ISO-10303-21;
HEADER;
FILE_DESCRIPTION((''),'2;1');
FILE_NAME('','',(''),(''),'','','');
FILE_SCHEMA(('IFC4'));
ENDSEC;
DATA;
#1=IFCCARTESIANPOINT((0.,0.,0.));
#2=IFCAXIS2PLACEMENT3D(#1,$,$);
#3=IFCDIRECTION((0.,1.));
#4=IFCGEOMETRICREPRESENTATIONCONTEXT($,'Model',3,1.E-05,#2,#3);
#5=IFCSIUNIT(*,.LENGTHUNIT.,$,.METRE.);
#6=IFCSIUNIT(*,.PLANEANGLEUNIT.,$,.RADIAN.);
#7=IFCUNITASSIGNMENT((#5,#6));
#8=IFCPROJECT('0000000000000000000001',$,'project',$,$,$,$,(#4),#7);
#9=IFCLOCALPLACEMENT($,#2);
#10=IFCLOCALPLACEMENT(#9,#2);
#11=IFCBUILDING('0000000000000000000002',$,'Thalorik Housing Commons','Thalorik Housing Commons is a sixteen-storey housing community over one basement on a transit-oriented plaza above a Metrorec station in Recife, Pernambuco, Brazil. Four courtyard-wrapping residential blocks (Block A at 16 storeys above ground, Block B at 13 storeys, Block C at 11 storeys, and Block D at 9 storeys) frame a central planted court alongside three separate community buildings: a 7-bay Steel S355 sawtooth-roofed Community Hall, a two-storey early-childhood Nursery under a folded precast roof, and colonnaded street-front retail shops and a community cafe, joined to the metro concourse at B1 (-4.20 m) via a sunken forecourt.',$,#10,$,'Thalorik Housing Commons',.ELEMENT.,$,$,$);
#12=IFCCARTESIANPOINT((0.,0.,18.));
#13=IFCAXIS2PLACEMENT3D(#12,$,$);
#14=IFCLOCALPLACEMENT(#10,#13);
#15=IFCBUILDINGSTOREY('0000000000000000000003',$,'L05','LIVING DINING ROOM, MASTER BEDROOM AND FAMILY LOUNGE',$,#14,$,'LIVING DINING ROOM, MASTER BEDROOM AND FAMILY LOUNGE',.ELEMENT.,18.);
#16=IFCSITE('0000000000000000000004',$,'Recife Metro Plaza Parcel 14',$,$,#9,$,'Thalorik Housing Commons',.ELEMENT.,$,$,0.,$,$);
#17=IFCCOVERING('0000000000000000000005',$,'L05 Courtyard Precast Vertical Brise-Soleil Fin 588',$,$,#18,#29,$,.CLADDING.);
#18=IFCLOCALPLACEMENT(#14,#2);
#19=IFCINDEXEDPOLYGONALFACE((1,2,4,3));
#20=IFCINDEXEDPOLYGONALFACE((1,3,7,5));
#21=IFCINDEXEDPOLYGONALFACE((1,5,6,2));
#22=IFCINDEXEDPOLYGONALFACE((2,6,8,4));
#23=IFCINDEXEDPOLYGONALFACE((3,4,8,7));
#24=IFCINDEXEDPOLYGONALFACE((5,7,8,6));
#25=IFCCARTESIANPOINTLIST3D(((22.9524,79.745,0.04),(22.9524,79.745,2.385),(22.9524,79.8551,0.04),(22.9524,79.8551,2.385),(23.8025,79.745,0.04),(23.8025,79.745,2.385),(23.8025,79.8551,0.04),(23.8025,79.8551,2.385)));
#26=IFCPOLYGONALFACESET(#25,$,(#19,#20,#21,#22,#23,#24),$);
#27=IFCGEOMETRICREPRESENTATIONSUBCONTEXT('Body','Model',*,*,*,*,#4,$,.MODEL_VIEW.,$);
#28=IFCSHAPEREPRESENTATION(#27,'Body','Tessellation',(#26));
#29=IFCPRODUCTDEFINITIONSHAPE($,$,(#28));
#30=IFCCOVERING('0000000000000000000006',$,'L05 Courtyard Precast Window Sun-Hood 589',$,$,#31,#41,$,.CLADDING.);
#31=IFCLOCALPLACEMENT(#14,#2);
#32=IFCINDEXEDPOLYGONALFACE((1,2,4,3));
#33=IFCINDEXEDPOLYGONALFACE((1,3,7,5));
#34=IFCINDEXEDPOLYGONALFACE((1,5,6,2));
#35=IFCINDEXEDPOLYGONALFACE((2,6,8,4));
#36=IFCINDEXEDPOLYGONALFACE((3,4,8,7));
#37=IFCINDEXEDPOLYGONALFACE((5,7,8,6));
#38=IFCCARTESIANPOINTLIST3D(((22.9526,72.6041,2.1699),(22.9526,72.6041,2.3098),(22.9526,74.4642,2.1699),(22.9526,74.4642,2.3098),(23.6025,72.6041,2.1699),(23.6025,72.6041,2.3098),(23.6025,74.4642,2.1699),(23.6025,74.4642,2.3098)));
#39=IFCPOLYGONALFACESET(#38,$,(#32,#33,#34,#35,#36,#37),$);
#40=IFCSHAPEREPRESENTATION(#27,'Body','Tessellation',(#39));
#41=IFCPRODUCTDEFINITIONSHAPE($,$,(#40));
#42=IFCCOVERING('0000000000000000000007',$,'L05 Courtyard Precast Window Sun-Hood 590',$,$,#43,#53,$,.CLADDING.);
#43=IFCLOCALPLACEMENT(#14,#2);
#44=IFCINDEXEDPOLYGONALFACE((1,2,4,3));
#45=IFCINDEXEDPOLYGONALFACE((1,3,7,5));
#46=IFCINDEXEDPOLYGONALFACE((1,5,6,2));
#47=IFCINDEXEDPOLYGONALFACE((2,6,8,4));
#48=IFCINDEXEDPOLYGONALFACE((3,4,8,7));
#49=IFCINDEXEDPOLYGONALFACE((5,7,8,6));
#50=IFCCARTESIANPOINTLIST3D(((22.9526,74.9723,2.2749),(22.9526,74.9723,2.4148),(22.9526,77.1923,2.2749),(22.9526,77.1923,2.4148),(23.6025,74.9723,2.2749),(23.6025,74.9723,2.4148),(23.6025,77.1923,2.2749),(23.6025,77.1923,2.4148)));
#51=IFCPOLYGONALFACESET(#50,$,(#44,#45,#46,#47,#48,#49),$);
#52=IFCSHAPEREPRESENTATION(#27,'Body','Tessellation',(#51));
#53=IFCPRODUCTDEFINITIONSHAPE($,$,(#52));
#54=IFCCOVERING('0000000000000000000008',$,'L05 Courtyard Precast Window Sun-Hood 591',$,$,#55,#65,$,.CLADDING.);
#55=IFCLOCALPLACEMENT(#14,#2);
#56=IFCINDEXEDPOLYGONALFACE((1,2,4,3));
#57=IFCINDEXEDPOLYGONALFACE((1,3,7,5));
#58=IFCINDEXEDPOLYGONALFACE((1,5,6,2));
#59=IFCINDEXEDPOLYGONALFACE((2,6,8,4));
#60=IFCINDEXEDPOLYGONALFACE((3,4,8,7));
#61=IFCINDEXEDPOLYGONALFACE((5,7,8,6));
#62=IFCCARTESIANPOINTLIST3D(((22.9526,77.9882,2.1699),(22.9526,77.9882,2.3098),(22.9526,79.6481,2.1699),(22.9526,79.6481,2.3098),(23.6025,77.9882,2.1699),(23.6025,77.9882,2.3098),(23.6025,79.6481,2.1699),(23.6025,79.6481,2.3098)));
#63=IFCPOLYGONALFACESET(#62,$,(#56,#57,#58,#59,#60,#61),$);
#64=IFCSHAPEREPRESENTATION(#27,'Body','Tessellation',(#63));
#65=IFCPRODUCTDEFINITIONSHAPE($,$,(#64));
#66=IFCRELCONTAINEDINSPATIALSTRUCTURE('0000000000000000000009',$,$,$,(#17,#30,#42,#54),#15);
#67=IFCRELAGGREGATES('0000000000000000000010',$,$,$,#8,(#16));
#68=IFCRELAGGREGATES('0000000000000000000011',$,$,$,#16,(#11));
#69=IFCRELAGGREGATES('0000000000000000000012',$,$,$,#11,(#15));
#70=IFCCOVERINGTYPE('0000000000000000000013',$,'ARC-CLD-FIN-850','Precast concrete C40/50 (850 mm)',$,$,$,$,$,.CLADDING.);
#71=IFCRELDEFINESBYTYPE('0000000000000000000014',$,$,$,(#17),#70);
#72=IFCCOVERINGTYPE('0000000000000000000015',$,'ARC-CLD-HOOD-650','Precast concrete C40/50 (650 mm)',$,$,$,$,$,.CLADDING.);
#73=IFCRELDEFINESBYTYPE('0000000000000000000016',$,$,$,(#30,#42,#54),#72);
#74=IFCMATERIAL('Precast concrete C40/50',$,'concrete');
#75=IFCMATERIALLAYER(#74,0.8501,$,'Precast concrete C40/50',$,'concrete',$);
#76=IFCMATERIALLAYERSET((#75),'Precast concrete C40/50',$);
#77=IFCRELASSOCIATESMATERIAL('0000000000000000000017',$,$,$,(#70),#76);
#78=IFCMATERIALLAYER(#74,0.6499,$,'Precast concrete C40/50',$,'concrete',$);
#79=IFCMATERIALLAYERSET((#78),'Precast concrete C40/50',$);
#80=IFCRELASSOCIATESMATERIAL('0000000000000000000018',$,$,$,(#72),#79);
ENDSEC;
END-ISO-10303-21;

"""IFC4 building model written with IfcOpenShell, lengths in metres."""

from ifc_helpers import new_model, si_unit, direction, frame, origin, origin_2d, place, context, subcontext, project, spatial, rectangle, extrude, material, layer, layer_set, type_object, element, save


model = new_model("IFC4")

# Units and contexts
model_context = context("Model", 3, precision=1e-05, world=origin(), true_north=direction((0.0, 1.0)))
body_context = subcontext(model_context, "Body", "Model", "MODEL_VIEW")
ifc_project = project(units=[si_unit("LENGTHUNIT", "METRE"), si_unit("PLANEANGLEUNIT", "RADIAN")], contexts=[model_context])

# Site, building, storey
site_placement = place(None, origin())
site = spatial("IfcSite", under=ifc_project, at=site_placement, Name="Recife Metro Plaza Parcel 14", LongName="Thalorik Housing Commons", CompositionType="ELEMENT", RefElevation=0.0)
building_placement = place(site_placement, origin())
building = spatial("IfcBuilding", under=site, at=building_placement, Name="Thalorik Housing Commons", Description="Thalorik Housing Commons is a sixteen-storey housing community over one basement on a transit-oriented plaza above a Metrorec station in Recife, Pernambuco, Brazil. Four courtyard-wrapping residential blocks (Block A at 16 storeys above ground, Block B at 13 storeys, Block C at 11 storeys, and Block D at 9 storeys) frame a central planted court alongside three separate community buildings: a 7-bay Steel S355 sawtooth-roofed Community Hall, a two-storey early-childhood Nursery under a folded precast roof, and colonnaded street-front retail shops and a community cafe, joined to the metro concourse at B1 (-4.20 m) via a sunken forecourt.", LongName="Thalorik Housing Commons", CompositionType="ELEMENT")
storey_placement = place(building_placement, frame((0.0, 0.0, 18.0)))
storey = spatial("IfcBuildingStorey", under=building, at=storey_placement, Name="L05", Description="LIVING DINING ROOM, MASTER BEDROOM AND FAMILY LOUNGE", LongName="LIVING DINING ROOM, MASTER BEDROOM AND FAMILY LOUNGE", CompositionType="ELEMENT", Elevation=18.0)

# Shared definitions
ifc_material_1 = material(Name="Precast concrete C40/50", Category="concrete")

# Coverings
ifc_layer_1 = layer(ifc_material_1, 0.8501, Name="Precast concrete C40/50", Category="concrete")
ifc_layer_set_1 = layer_set([ifc_layer_1], Name="Precast concrete C40/50")
covering_type_1 = type_object("IfcCoveringType", Name="ARC-CLD-FIN-850", Description="Precast concrete C40/50 (850 mm)", PredefinedType="CLADDING", material=ifc_layer_set_1)
for number, where, z_axis, x_axis, name in (
    (1, (23.3774, 79.8, 0.04), (0.0, 0.0, 1.0), (0.0, 1.0, 0.0), "L05 Courtyard Precast Vertical Brise-Soleil Fin 588"),
):
    element("IfcCovering", number, at=place(storey_placement, frame(where, z_axis=z_axis, x_axis=x_axis)), inside=storey, type_object=covering_type_1, Name=name, PredefinedType="CLADDING", context=body_context, shape_type="SweptSolid", body=[
        extrude(rectangle(XDim=0.1101, YDim=0.8501, at=origin_2d()), origin(), (0.0, 0.0, 1.0), 2.345),
    ])
ifc_layer_2 = layer(ifc_material_1, 0.6499, Name="Precast concrete C40/50", Category="concrete")
ifc_layer_set_2 = layer_set([ifc_layer_2], Name="Precast concrete C40/50")
covering_type_2 = type_object("IfcCoveringType", Name="ARC-CLD-HOOD-650", Description="Precast concrete C40/50 (650 mm)", PredefinedType="CLADDING", material=ifc_layer_set_2)
covering_1_placement = place(storey_placement, frame((23.2776, 73.5342, 2.1699), z_axis=(0.0, 0.0, 1.0), x_axis=(0.0, 1.0, 0.0)))
element("IfcCovering", 2, at=covering_1_placement, inside=storey, type_object=covering_type_2, Name="L05 Courtyard Precast Window Sun-Hood 589", PredefinedType="CLADDING", context=body_context, shape_type="SweptSolid", body=[
    extrude(rectangle(XDim=1.8601, YDim=0.6499, at=origin_2d()), origin(), (0.0, 0.0, 1.0), 0.1399),
])
covering_2_placement = place(storey_placement, frame((23.2776, 76.0823, 2.2749), z_axis=(0.0, 0.0, 1.0), x_axis=(0.0, 1.0, 0.0)))
element("IfcCovering", 3, at=covering_2_placement, inside=storey, type_object=covering_type_2, Name="L05 Courtyard Precast Window Sun-Hood 590", PredefinedType="CLADDING", context=body_context, shape_type="SweptSolid", body=[
    extrude(rectangle(XDim=2.22, YDim=0.6499, at=origin_2d()), origin(), (0.0, 0.0, 1.0), 0.1399),
])
covering_3_placement = place(storey_placement, frame((23.2776, 78.8181, 2.1699), z_axis=(0.0, 0.0, 1.0), x_axis=(0.0, 1.0, 0.0)))
element("IfcCovering", 4, at=covering_3_placement, inside=storey, type_object=covering_type_2, Name="L05 Courtyard Precast Window Sun-Hood 591", PredefinedType="CLADDING", context=body_context, shape_type="SweptSolid", body=[
    extrude(rectangle(XDim=1.6599, YDim=0.6499, at=origin_2d()), origin(), (0.0, 0.0, 1.0), 0.1399),
])

save(model, "model.ifc")
